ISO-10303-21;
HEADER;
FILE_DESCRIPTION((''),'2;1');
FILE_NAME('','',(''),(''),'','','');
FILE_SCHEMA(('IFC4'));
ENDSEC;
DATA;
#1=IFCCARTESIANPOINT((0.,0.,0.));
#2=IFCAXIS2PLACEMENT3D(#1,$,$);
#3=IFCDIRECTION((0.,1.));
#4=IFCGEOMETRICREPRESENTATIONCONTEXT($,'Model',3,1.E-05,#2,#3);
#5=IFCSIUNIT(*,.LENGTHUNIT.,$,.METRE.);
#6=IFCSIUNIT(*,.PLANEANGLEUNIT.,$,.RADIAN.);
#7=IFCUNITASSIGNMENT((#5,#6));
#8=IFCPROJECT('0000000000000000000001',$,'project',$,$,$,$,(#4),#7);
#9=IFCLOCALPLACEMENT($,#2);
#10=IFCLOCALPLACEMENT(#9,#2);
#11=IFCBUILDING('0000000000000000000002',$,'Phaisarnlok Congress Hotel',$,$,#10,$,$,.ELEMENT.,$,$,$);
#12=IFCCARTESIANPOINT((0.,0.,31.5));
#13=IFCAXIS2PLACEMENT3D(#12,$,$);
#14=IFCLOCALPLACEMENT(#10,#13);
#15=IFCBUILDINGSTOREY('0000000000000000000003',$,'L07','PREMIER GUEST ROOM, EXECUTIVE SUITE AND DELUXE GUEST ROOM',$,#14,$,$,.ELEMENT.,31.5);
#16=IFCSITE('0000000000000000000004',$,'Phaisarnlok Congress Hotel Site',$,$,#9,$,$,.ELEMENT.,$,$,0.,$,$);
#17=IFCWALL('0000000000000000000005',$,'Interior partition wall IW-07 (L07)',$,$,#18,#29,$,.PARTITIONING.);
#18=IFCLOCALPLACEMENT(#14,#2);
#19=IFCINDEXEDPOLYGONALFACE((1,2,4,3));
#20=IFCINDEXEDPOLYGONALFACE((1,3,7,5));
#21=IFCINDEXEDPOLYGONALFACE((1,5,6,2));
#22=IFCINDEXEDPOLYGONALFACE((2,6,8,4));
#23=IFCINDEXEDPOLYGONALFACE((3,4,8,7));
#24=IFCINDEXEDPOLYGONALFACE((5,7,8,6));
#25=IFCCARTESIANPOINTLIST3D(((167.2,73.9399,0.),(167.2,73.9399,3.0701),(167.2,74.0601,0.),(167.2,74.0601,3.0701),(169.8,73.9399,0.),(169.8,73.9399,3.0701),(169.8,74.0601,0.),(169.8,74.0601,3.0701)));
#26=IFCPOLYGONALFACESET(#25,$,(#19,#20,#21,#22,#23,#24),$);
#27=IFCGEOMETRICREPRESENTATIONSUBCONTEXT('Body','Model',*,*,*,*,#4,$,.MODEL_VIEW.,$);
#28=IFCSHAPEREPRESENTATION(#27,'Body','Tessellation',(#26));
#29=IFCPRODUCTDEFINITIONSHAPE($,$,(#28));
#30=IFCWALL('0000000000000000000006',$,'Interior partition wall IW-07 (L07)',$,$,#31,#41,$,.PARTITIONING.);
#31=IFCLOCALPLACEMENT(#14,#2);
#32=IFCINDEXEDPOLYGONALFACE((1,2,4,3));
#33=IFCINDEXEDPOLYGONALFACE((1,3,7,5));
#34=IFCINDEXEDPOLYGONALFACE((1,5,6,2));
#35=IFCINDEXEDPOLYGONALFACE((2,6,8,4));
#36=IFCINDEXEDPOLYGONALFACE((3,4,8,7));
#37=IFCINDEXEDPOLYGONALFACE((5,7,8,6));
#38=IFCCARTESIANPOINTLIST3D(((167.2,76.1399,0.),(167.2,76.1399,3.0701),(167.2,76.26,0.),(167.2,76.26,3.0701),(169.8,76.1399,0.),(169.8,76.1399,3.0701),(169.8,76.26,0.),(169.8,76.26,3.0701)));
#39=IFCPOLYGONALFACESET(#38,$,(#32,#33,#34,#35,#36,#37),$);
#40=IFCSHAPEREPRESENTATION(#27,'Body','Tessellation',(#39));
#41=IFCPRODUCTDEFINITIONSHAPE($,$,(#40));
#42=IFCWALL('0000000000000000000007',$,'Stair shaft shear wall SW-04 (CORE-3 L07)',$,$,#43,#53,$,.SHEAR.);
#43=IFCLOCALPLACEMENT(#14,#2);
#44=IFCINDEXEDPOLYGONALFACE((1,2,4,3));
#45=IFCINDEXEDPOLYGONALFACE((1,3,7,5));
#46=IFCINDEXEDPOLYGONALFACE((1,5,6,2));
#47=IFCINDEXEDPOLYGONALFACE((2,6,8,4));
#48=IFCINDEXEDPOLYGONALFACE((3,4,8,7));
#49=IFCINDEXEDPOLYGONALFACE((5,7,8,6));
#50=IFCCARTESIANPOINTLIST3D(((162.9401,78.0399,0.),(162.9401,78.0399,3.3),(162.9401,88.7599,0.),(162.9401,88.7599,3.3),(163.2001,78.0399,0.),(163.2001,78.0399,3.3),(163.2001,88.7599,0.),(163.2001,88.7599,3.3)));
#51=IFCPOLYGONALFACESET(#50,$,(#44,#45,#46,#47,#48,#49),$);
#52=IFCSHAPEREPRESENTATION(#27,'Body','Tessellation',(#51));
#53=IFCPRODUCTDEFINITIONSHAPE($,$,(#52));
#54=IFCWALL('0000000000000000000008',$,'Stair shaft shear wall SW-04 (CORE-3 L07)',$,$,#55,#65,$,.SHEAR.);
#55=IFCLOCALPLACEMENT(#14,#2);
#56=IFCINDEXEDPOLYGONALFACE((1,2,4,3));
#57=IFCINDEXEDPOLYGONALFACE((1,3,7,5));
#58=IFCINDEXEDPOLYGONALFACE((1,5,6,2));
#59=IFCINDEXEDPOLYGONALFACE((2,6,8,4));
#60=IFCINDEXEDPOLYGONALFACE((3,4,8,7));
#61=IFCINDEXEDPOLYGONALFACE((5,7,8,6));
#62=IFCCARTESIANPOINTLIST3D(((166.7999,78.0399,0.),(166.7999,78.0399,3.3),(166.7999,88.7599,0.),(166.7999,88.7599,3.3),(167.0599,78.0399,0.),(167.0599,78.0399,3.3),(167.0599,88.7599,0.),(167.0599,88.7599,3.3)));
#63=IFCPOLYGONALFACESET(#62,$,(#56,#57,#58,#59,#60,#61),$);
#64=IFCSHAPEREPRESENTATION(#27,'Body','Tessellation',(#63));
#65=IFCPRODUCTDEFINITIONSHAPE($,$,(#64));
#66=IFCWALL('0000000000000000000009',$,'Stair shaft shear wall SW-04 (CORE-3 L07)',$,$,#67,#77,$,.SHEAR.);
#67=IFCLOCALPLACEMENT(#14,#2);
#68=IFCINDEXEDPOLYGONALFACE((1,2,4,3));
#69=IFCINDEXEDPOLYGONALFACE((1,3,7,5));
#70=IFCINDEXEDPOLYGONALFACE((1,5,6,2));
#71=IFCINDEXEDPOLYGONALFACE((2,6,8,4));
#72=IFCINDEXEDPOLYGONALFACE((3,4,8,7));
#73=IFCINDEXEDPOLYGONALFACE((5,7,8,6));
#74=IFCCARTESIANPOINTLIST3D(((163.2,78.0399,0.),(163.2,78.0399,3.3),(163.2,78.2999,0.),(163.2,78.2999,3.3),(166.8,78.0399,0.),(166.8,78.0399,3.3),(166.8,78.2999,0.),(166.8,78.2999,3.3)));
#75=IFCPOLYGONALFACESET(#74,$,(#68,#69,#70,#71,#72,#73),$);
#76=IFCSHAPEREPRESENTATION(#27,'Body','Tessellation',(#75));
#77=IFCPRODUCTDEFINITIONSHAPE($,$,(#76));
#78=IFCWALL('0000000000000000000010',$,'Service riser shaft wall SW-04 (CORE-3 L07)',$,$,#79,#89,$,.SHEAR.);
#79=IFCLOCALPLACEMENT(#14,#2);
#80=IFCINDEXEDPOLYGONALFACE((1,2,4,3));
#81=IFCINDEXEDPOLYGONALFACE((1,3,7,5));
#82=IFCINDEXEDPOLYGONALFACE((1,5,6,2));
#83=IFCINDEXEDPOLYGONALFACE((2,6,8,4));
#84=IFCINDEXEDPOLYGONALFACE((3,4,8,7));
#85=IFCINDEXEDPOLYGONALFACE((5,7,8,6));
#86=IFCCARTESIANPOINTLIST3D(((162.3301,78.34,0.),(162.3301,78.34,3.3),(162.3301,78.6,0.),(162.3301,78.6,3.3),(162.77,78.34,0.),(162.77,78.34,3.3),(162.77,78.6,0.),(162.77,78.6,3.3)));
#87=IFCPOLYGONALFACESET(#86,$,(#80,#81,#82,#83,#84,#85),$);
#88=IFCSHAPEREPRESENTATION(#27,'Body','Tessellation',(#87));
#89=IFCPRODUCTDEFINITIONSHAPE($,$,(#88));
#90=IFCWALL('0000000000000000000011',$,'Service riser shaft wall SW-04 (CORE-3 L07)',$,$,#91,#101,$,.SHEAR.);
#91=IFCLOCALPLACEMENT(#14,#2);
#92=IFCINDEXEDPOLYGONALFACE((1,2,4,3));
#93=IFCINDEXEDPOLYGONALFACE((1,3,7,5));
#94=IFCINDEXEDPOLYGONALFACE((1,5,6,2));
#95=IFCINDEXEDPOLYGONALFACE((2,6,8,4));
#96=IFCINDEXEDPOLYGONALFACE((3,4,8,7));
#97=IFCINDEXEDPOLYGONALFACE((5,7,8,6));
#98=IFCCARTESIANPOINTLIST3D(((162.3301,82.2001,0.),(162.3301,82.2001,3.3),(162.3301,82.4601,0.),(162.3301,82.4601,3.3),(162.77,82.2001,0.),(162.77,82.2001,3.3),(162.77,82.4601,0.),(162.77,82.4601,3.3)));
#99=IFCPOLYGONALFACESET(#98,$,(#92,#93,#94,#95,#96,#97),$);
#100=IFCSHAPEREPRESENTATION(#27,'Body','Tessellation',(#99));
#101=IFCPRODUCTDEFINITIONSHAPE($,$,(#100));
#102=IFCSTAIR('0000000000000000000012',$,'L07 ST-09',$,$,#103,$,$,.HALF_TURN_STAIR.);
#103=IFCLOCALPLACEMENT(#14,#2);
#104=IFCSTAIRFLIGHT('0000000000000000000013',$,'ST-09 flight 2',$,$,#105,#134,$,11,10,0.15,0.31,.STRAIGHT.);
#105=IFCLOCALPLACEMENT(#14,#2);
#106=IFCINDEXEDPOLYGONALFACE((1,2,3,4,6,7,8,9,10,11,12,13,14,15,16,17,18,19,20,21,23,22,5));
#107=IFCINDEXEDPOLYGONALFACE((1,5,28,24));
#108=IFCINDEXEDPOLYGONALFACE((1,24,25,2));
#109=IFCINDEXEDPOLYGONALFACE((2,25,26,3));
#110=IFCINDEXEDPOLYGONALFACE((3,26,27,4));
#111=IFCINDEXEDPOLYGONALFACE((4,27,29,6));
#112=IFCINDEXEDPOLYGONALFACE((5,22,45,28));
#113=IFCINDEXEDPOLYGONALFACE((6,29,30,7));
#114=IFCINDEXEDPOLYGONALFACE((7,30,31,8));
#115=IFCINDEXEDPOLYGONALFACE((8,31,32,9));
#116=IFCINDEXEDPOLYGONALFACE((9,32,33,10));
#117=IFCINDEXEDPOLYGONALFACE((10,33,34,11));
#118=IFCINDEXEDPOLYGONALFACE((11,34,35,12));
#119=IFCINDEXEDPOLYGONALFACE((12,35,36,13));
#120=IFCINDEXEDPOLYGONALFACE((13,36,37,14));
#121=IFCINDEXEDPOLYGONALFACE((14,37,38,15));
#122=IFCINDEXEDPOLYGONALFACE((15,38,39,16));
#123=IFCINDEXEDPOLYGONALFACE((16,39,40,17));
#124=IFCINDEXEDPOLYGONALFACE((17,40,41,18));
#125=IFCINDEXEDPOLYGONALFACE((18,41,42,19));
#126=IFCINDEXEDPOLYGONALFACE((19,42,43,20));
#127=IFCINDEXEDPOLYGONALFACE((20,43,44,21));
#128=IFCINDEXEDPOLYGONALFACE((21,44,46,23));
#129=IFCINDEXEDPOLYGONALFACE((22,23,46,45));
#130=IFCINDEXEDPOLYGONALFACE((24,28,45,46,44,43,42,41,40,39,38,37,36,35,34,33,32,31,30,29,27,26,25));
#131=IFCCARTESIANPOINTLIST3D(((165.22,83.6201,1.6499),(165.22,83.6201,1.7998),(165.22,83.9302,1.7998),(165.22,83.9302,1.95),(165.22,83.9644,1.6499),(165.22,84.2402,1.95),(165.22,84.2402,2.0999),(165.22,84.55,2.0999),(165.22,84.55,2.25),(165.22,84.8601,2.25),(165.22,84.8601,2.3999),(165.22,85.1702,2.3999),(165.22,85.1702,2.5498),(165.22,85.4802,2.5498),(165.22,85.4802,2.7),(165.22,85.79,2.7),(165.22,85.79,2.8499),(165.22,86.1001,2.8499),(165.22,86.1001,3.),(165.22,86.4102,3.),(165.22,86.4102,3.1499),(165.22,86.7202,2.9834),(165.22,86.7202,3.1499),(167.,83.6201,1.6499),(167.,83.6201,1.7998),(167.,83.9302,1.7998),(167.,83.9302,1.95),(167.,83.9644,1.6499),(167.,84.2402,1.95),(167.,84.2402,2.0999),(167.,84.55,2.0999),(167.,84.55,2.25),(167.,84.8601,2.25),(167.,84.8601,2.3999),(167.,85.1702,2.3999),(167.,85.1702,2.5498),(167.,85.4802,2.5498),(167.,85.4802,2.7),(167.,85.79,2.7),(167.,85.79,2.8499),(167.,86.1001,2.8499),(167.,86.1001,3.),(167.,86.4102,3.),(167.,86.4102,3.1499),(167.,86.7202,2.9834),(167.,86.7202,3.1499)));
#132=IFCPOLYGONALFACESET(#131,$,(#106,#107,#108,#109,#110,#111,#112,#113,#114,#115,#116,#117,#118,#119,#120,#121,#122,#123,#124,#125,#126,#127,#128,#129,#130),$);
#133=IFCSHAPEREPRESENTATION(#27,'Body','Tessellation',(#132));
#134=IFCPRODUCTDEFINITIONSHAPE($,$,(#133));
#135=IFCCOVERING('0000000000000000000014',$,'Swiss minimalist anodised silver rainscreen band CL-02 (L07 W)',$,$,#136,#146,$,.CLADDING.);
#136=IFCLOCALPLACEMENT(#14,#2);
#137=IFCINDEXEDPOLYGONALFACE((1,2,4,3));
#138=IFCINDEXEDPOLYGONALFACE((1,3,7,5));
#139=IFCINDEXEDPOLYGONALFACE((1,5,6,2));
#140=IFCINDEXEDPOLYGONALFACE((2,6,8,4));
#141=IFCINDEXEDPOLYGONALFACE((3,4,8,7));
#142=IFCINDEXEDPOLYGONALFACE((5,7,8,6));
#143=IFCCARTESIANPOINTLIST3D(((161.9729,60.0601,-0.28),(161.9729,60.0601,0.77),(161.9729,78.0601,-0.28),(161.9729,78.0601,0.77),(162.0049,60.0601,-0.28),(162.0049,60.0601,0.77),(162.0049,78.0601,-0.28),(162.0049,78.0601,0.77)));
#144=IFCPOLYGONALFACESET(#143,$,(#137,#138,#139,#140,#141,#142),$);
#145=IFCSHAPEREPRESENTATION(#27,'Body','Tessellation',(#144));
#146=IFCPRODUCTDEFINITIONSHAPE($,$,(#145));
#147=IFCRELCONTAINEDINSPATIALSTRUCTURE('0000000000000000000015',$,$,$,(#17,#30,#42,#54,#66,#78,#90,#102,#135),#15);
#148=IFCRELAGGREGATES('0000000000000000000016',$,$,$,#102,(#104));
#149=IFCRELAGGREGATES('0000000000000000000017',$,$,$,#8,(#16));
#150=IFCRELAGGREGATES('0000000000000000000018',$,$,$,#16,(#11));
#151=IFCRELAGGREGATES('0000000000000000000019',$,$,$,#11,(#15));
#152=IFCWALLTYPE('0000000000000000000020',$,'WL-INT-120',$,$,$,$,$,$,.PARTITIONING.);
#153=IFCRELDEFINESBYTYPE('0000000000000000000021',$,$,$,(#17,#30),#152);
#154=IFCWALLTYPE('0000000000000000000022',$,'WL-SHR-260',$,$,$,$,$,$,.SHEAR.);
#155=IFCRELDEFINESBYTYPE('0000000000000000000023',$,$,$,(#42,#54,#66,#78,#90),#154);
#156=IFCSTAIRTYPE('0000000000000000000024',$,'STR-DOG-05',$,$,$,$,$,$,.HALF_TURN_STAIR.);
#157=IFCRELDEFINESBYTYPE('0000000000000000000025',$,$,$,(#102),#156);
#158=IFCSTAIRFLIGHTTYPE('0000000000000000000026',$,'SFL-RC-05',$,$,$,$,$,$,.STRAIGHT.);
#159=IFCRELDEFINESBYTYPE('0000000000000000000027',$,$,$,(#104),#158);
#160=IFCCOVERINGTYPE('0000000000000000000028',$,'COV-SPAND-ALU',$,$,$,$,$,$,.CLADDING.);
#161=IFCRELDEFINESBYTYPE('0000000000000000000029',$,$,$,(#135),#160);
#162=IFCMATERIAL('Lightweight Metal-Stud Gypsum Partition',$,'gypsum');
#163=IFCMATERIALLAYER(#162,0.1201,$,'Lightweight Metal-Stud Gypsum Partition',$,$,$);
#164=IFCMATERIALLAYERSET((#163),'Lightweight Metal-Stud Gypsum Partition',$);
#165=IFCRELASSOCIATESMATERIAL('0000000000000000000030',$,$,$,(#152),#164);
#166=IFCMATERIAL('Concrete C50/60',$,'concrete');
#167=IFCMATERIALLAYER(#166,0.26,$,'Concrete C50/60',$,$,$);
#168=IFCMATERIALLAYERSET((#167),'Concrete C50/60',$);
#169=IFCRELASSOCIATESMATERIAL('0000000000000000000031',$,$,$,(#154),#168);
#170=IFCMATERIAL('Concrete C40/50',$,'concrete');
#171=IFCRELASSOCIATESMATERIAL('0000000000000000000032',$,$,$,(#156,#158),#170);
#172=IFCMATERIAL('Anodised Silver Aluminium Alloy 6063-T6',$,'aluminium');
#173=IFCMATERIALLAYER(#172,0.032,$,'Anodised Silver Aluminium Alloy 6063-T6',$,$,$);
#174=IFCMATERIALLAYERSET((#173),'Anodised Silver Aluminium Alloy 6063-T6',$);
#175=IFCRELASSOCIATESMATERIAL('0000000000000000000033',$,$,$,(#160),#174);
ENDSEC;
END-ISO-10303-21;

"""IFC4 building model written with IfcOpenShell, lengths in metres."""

from ifc_helpers import new_model, si_unit, direction, frame, frame_2d, origin, place, context, subcontext, project, spatial, polyline, rectangle, outline, extrude, material, layer, layer_set, type_object, element, aggregate, save


model = new_model("IFC4")

# Units and contexts
model_context = context("Model", 3, precision=1e-05, world=origin(), true_north=direction((0.0, 1.0)))
body_context = subcontext(model_context, "Body", "Model", "MODEL_VIEW")
ifc_project = project(units=[si_unit("LENGTHUNIT", "METRE"), si_unit("PLANEANGLEUNIT", "RADIAN")], contexts=[model_context])

# Site, building, storey
site_placement = place(None, origin())
site = spatial("IfcSite", under=ifc_project, at=site_placement, Name="Phaisarnlok Congress Hotel Site", CompositionType="ELEMENT", RefElevation=0.0)
building_placement = place(site_placement, origin())
building = spatial("IfcBuilding", under=site, at=building_placement, Name="Phaisarnlok Congress Hotel", CompositionType="ELEMENT")
storey_placement = place(building_placement, frame((0.0, 0.0, 31.5)))
storey = spatial("IfcBuildingStorey", under=building, at=storey_placement, Name="L07", Description="PREMIER GUEST ROOM, EXECUTIVE SUITE AND DELUXE GUEST ROOM", CompositionType="ELEMENT", Elevation=31.5)

# Shared definitions
ifc_material_1 = material(Name="Concrete C50/60", Category="concrete")

# Shared definitions
ifc_material_2 = material(Name="Concrete C40/50", Category="concrete")

# Shared definitions
ifc_material_3 = material(Name="Lightweight Metal-Stud Gypsum Partition", Category="gypsum")
ifc_layer_1 = layer(ifc_material_3, 0.1201, Name="Lightweight Metal-Stud Gypsum Partition")
ifc_layer_set_1 = layer_set([ifc_layer_1], Name="Lightweight Metal-Stud Gypsum Partition")
wall_type_1 = type_object("IfcWallType", Name="WL-INT-120", PredefinedType="PARTITIONING", material=ifc_layer_set_1)

# Walls
for number, where, z_axis, x_axis, name in (
    (1, (167.2, 74.0, 0.0), (0.0, 0.0, 1.0), (1.0, 0.0, 0.0), "Interior partition wall IW-07 (L07)"),
    (2, (167.2, 76.2, 0.0), (0.0, 0.0, 1.0), (1.0, 0.0, 0.0), "Interior partition wall IW-07 (L07)"),
):
    element("IfcWall", number, at=place(storey_placement, frame(where, z_axis=z_axis, x_axis=x_axis)), inside=storey, type_object=wall_type_1, Name=name, PredefinedType="PARTITIONING", context=body_context, shape_type="SweptSolid", body=[
        extrude(rectangle(XDim=2.6001, YDim=0.1201, at=frame_2d((1.3, 0.0))), origin(), (0.0, 0.0, 1.0), 3.0701),
    ])
ifc_layer_2 = layer(ifc_material_1, 0.26, Name="Concrete C50/60")
ifc_layer_set_2 = layer_set([ifc_layer_2], Name="Concrete C50/60")
wall_type_2 = type_object("IfcWallType", Name="WL-SHR-260", PredefinedType="SHEAR", material=ifc_layer_set_2)
for number, where, z_axis, x_axis, name in (
    (3, (163.0701, 78.04, 0.0), (0.0, 0.0, 1.0), (0.0, 1.0, 0.0), "Stair shaft shear wall SW-04 (CORE-3 L07)"),
    (4, (166.9299, 78.04, 0.0), (0.0, 0.0, 1.0), (0.0, 1.0, 0.0), "Stair shaft shear wall SW-04 (CORE-3 L07)"),
):
    element("IfcWall", number, at=place(storey_placement, frame(where, z_axis=z_axis, x_axis=x_axis)), inside=storey, type_object=wall_type_2, Name=name, PredefinedType="SHEAR", context=body_context, shape_type="SweptSolid", body=[
        extrude(rectangle(XDim=10.72, YDim=0.26, at=frame_2d((5.3599, 0.0))), origin(), (0.0, 0.0, 1.0), 3.3),
    ])
wall_1_placement = place(storey_placement, frame((163.2, 78.1699, 0.0), z_axis=(0.0, 0.0, 1.0), x_axis=(1.0, 0.0, 0.0)))
element("IfcWall", 5, at=wall_1_placement, inside=storey, type_object=wall_type_2, Name="Stair shaft shear wall SW-04 (CORE-3 L07)", PredefinedType="SHEAR", context=body_context, shape_type="SweptSolid", body=[
    extrude(rectangle(XDim=3.6001, YDim=0.26, at=frame_2d((1.8, 0.0))), origin(), (0.0, 0.0, 1.0), 3.3),
])
for number, where, z_axis, x_axis, name in (
    (6, (162.3301, 78.47, 0.0), (0.0, 0.0, 1.0), (1.0, 0.0, 0.0), "Service riser shaft wall SW-04 (CORE-3 L07)"),
    (7, (162.3301, 82.3301, 0.0), (0.0, 0.0, 1.0), (1.0, 0.0, 0.0), "Service riser shaft wall SW-04 (CORE-3 L07)"),
):
    element("IfcWall", number, at=place(storey_placement, frame(where, z_axis=z_axis, x_axis=x_axis)), inside=storey, type_object=wall_type_2, Name=name, PredefinedType="SHEAR", context=body_context, shape_type="SweptSolid", body=[
        extrude(rectangle(XDim=0.4399, YDim=0.26, at=frame_2d((0.22, 0.0))), origin(), (0.0, 0.0, 1.0), 3.3),
    ])

# Stair, stair flight
stair_type = type_object("IfcStairType", Name="STR-DOG-05", PredefinedType="HALF_TURN_STAIR", material=ifc_material_2)
stair_placement = place(storey_placement, origin())
stair = element("IfcStair", 8, at=stair_placement, inside=storey, type_object=stair_type, Name="L07 ST-09", PredefinedType="HALF_TURN_STAIR")
stair_flight_type = type_object("IfcStairFlightType", Name="SFL-RC-05", PredefinedType="STRAIGHT", material=ifc_material_2)
stair_flight_placement = place(storey_placement, frame((166.1101, 83.6201, 1.6499), z_axis=(0.0, 0.0, 1.0), x_axis=(0.0, 1.0, 0.0)))
stair_flight = element("IfcStairFlight", 9, at=stair_flight_placement, type_object=stair_flight_type, Name="ST-09 flight 2", NumberOfRisers=11, NumberOfTreads=10, PredefinedType="STRAIGHT", RiserHeight=0.15, TreadLength=0.31, context=body_context, shape_type="SweptSolid", body=[
    extrude(outline(polyline([(0.0, 0.0), (0.0, 0.1499), (0.3101, 0.1499), (0.3101, 0.3), (0.6201, 0.3), (0.6201, 0.45), (0.9299, 0.45), (0.9299, 0.6001), (1.24, 0.6001), (1.24, 0.75), (1.55, 0.75), (1.55, 0.8999), (1.8601, 0.8999), (1.8601, 1.05), (2.1699, 1.05), (2.1699, 1.2), (2.48, 1.2), (2.48, 1.3501), (2.79, 1.3501), (2.79, 1.5), (3.1001, 1.5), (3.1001, 1.6499), (3.1001, 1.3335), (0.3442, 0.0), (0.0, 0.0)])), frame((0.0, 0.8901, 0.0), z_axis=(0.0, -1.0, 0.0), x_axis=(1.0, 0.0, 0.0)), (0.0, 0.0, 1.0), 1.78),
])
aggregate(stair, [stair_flight])

# Covering
ifc_material_4 = material(Name="Anodised Silver Aluminium Alloy 6063-T6", Category="aluminium")
ifc_layer_3 = layer(ifc_material_4, 0.032, Name="Anodised Silver Aluminium Alloy 6063-T6")
ifc_layer_set_3 = layer_set([ifc_layer_3], Name="Anodised Silver Aluminium Alloy 6063-T6")
covering_type = type_object("IfcCoveringType", Name="COV-SPAND-ALU", PredefinedType="CLADDING", material=ifc_layer_set_3)
covering_placement = place(storey_placement, frame((162.0049, 78.0601, -0.28), z_axis=(-1.0, 0.0, 0.0), x_axis=(0.0, -1.0, 0.0)))
element("IfcCovering", 10, at=covering_placement, inside=storey, type_object=covering_type, Name="Swiss minimalist anodised silver rainscreen band CL-02 (L07 W)", PredefinedType="CLADDING", context=body_context, shape_type="SweptSolid", body=[
    extrude(outline(polyline([(0.0, 0.0), (18.0, 0.0), (18.0, 1.05), (0.0, 1.05), (0.0, 0.0)])), origin(), (0.0, 0.0, 1.0), 0.032),
])

save(model, "model.ifc")
